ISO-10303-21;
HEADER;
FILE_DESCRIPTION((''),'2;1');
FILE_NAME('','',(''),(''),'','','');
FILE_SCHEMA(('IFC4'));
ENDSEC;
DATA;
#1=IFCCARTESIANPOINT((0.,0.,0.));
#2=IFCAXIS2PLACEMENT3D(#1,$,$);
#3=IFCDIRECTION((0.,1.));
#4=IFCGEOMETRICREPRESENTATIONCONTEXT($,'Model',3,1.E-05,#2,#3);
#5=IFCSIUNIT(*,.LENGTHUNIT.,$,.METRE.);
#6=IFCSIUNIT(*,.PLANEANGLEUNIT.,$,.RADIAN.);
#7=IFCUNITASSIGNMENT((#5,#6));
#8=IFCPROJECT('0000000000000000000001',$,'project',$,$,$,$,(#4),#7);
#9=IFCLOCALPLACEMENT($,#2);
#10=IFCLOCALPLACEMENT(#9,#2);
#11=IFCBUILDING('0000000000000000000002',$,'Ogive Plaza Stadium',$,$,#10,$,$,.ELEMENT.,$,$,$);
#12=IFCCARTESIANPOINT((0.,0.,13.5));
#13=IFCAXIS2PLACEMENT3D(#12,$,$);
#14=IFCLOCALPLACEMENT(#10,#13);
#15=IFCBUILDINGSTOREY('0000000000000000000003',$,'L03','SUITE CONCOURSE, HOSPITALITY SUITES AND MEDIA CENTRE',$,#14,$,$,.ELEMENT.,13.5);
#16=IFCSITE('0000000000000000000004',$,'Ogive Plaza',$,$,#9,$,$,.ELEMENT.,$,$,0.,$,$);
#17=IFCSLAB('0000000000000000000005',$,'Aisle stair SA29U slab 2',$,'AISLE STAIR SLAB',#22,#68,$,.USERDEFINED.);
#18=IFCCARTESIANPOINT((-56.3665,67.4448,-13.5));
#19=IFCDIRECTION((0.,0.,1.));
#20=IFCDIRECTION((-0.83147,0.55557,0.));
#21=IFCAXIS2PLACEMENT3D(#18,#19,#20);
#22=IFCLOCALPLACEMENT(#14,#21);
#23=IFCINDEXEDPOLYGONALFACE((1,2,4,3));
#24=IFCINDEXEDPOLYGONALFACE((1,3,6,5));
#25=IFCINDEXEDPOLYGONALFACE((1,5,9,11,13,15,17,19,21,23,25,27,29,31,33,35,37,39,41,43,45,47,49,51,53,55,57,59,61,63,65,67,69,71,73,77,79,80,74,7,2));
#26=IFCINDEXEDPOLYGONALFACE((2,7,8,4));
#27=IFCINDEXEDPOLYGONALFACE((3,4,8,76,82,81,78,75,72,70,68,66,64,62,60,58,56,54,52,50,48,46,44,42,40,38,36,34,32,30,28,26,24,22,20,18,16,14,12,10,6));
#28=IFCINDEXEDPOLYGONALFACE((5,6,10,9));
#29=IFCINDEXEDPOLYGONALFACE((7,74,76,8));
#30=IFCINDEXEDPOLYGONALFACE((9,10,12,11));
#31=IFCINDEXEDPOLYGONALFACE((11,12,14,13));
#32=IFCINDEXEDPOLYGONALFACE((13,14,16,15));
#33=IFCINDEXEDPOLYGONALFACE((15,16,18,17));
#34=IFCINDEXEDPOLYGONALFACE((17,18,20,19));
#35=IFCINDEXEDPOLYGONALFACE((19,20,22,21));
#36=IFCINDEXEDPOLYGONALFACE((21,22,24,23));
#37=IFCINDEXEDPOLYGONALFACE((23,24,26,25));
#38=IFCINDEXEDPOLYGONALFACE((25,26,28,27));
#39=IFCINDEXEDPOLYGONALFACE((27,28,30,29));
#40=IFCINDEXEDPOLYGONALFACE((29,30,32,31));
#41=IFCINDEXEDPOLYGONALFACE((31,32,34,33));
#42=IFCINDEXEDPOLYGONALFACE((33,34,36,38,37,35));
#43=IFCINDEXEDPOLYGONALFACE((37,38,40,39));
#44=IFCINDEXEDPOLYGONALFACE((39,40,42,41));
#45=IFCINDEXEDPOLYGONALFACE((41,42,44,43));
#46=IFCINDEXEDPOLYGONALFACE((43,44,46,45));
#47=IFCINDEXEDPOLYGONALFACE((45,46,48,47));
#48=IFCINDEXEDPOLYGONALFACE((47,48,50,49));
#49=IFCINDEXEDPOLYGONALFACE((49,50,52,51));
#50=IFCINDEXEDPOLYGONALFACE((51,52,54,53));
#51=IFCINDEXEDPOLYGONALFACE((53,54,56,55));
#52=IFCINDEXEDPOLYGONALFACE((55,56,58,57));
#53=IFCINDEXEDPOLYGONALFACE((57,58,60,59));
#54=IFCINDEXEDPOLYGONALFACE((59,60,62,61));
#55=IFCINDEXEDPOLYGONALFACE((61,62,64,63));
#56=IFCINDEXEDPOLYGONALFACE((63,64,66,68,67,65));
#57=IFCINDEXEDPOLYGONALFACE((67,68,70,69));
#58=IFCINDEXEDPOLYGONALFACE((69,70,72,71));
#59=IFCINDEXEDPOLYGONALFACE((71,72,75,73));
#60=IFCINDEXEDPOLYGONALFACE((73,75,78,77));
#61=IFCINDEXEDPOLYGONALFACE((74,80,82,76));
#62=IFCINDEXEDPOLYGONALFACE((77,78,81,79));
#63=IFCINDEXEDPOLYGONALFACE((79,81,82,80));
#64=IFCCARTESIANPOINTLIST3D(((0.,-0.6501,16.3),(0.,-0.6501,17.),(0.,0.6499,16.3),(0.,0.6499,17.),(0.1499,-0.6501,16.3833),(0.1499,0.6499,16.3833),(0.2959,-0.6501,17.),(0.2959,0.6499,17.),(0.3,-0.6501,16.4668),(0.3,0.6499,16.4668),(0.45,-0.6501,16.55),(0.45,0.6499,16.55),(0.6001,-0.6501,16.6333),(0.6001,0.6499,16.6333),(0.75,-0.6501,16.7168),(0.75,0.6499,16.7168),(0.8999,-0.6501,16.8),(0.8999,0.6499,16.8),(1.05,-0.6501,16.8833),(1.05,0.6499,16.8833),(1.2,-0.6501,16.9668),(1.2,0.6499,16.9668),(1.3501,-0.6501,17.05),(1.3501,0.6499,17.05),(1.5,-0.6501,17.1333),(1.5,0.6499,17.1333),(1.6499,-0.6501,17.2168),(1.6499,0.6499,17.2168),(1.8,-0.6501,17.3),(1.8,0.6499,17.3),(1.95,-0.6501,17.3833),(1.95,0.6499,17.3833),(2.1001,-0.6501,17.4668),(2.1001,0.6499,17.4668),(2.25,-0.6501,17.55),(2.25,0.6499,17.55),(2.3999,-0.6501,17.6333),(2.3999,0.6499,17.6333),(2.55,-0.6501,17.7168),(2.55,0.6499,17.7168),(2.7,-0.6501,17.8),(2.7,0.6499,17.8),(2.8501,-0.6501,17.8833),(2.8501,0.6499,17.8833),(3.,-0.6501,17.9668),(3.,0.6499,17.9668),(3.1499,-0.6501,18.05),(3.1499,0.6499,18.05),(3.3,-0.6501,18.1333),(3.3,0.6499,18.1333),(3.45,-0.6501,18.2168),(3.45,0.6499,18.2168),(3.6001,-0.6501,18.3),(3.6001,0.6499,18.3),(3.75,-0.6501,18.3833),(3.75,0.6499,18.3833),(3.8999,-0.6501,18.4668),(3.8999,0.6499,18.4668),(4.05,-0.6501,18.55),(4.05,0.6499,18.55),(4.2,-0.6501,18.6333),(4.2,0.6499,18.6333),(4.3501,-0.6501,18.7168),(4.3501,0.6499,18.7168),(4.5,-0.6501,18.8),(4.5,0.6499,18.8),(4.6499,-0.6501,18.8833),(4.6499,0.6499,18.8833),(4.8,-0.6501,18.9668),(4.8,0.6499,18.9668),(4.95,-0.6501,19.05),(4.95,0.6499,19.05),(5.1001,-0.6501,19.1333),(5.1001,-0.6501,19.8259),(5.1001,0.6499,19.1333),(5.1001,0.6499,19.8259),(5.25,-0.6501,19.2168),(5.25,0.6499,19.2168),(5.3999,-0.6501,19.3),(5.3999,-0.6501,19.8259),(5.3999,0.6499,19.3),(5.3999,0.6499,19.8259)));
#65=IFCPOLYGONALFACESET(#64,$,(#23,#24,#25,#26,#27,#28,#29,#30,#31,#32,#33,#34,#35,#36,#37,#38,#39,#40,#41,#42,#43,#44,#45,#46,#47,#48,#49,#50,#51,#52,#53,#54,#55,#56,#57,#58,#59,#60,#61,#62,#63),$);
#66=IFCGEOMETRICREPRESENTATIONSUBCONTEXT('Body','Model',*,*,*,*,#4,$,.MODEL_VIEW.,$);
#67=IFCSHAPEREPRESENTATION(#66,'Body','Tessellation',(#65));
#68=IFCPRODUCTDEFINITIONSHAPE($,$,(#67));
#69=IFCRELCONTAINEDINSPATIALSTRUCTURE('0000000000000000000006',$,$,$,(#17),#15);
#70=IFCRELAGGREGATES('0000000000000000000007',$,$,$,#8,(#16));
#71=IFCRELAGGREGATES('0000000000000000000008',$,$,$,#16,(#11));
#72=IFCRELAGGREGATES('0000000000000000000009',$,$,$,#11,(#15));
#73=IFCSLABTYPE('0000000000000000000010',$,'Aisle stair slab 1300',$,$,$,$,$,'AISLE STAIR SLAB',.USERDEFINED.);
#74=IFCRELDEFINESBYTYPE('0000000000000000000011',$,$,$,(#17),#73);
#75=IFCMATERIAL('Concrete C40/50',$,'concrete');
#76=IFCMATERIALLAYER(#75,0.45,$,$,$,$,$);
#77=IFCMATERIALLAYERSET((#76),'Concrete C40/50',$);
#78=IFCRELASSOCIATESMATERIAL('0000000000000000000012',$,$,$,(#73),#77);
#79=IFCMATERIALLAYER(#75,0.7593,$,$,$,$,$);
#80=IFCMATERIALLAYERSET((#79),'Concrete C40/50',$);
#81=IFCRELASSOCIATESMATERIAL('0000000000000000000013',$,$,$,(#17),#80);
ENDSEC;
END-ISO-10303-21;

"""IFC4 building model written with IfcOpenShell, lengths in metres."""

from ifc_helpers import new_model, si_unit, direction, frame, origin, place, context, subcontext, project, spatial, polyline, outline, extrude, material, layer, layer_set, type_object, element, save


model = new_model("IFC4")

# Units and contexts
model_context = context("Model", 3, precision=1e-05, world=origin(), true_north=direction((0.0, 1.0)))
body_context = subcontext(model_context, "Body", "Model", "MODEL_VIEW")
ifc_project = project(units=[si_unit("LENGTHUNIT", "METRE"), si_unit("PLANEANGLEUNIT", "RADIAN")], contexts=[model_context])

# Site, building, storey
site_placement = place(None, origin())
site = spatial("IfcSite", under=ifc_project, at=site_placement, Name="Ogive Plaza", CompositionType="ELEMENT", RefElevation=0.0)
building_placement = place(site_placement, origin())
building = spatial("IfcBuilding", under=site, at=building_placement, Name="Ogive Plaza Stadium", CompositionType="ELEMENT")
storey_placement = place(building_placement, frame((0.0, 0.0, 13.5)))
storey = spatial("IfcBuildingStorey", under=building, at=storey_placement, Name="L03", Description="SUITE CONCOURSE, HOSPITALITY SUITES AND MEDIA CENTRE", CompositionType="ELEMENT", Elevation=13.5)

# Slab
ifc_material_1 = material(Name="Concrete C40/50", Category="concrete")
ifc_layer_1 = layer(ifc_material_1, 0.45)
ifc_layer_set_1 = layer_set([ifc_layer_1], Name="Concrete C40/50")
slab_type = type_object("IfcSlabType", Name="Aisle stair slab 1300", ElementType="AISLE STAIR SLAB", PredefinedType="USERDEFINED", material=ifc_layer_set_1)
ifc_layer_2 = layer(ifc_material_1, 0.7593)
ifc_layer_set_2 = layer_set([ifc_layer_2], Name="Concrete C40/50")
slab_placement = place(storey_placement, frame((-56.3665, 67.4448, -13.5), z_axis=(0.0, 0.0, 1.0), x_axis=(-0.83147, 0.55557, 0.0)))
element("IfcSlab", 1, at=slab_placement, inside=storey, type_object=slab_type, material=ifc_layer_set_2, Name="Aisle stair SA29U slab 2", ObjectType="AISLE STAIR SLAB", PredefinedType="USERDEFINED", context=body_context, shape_type="SweptSolid", body=[
    extrude(outline(polyline([(0.0, 17.0), (0.2959, 17.0), (5.1001, 19.8259), (5.3999, 19.8259), (5.3999, 19.3), (5.25, 19.2168), (5.1001, 19.1333), (4.95, 19.05), (4.8, 18.9668), (4.6499, 18.8833), (4.5, 18.8), (4.3501, 18.7168), (4.2, 18.6333), (4.05, 18.55), (3.8999, 18.4668), (3.75, 18.3833), (3.6001, 18.3), (3.45, 18.2168), (3.3, 18.1333), (3.1499, 18.05), (3.0, 17.9668), (2.8501, 17.8833), (2.7, 17.8), (2.55, 17.7168), (2.3999, 17.6333), (2.25, 17.55), (2.1001, 17.4668), (1.95, 17.3833), (1.8, 17.3), (1.6499, 17.2168), (1.5, 17.1333), (1.3501, 17.05), (1.2, 16.9668), (1.05, 16.8833), (0.8999, 16.8), (0.75, 16.7168), (0.6001, 16.6333), (0.45, 16.55), (0.3, 16.4668), (0.1499, 16.3833), (0.0, 16.3), (0.0, 17.0)])), frame((0.0, 0.6499, 0.0), z_axis=(0.0, -1.0, 0.0), x_axis=(1.0, 0.0, 0.0)), (0.0, 0.0, 1.0), 1.3),
])

save(model, "model.ifc")
